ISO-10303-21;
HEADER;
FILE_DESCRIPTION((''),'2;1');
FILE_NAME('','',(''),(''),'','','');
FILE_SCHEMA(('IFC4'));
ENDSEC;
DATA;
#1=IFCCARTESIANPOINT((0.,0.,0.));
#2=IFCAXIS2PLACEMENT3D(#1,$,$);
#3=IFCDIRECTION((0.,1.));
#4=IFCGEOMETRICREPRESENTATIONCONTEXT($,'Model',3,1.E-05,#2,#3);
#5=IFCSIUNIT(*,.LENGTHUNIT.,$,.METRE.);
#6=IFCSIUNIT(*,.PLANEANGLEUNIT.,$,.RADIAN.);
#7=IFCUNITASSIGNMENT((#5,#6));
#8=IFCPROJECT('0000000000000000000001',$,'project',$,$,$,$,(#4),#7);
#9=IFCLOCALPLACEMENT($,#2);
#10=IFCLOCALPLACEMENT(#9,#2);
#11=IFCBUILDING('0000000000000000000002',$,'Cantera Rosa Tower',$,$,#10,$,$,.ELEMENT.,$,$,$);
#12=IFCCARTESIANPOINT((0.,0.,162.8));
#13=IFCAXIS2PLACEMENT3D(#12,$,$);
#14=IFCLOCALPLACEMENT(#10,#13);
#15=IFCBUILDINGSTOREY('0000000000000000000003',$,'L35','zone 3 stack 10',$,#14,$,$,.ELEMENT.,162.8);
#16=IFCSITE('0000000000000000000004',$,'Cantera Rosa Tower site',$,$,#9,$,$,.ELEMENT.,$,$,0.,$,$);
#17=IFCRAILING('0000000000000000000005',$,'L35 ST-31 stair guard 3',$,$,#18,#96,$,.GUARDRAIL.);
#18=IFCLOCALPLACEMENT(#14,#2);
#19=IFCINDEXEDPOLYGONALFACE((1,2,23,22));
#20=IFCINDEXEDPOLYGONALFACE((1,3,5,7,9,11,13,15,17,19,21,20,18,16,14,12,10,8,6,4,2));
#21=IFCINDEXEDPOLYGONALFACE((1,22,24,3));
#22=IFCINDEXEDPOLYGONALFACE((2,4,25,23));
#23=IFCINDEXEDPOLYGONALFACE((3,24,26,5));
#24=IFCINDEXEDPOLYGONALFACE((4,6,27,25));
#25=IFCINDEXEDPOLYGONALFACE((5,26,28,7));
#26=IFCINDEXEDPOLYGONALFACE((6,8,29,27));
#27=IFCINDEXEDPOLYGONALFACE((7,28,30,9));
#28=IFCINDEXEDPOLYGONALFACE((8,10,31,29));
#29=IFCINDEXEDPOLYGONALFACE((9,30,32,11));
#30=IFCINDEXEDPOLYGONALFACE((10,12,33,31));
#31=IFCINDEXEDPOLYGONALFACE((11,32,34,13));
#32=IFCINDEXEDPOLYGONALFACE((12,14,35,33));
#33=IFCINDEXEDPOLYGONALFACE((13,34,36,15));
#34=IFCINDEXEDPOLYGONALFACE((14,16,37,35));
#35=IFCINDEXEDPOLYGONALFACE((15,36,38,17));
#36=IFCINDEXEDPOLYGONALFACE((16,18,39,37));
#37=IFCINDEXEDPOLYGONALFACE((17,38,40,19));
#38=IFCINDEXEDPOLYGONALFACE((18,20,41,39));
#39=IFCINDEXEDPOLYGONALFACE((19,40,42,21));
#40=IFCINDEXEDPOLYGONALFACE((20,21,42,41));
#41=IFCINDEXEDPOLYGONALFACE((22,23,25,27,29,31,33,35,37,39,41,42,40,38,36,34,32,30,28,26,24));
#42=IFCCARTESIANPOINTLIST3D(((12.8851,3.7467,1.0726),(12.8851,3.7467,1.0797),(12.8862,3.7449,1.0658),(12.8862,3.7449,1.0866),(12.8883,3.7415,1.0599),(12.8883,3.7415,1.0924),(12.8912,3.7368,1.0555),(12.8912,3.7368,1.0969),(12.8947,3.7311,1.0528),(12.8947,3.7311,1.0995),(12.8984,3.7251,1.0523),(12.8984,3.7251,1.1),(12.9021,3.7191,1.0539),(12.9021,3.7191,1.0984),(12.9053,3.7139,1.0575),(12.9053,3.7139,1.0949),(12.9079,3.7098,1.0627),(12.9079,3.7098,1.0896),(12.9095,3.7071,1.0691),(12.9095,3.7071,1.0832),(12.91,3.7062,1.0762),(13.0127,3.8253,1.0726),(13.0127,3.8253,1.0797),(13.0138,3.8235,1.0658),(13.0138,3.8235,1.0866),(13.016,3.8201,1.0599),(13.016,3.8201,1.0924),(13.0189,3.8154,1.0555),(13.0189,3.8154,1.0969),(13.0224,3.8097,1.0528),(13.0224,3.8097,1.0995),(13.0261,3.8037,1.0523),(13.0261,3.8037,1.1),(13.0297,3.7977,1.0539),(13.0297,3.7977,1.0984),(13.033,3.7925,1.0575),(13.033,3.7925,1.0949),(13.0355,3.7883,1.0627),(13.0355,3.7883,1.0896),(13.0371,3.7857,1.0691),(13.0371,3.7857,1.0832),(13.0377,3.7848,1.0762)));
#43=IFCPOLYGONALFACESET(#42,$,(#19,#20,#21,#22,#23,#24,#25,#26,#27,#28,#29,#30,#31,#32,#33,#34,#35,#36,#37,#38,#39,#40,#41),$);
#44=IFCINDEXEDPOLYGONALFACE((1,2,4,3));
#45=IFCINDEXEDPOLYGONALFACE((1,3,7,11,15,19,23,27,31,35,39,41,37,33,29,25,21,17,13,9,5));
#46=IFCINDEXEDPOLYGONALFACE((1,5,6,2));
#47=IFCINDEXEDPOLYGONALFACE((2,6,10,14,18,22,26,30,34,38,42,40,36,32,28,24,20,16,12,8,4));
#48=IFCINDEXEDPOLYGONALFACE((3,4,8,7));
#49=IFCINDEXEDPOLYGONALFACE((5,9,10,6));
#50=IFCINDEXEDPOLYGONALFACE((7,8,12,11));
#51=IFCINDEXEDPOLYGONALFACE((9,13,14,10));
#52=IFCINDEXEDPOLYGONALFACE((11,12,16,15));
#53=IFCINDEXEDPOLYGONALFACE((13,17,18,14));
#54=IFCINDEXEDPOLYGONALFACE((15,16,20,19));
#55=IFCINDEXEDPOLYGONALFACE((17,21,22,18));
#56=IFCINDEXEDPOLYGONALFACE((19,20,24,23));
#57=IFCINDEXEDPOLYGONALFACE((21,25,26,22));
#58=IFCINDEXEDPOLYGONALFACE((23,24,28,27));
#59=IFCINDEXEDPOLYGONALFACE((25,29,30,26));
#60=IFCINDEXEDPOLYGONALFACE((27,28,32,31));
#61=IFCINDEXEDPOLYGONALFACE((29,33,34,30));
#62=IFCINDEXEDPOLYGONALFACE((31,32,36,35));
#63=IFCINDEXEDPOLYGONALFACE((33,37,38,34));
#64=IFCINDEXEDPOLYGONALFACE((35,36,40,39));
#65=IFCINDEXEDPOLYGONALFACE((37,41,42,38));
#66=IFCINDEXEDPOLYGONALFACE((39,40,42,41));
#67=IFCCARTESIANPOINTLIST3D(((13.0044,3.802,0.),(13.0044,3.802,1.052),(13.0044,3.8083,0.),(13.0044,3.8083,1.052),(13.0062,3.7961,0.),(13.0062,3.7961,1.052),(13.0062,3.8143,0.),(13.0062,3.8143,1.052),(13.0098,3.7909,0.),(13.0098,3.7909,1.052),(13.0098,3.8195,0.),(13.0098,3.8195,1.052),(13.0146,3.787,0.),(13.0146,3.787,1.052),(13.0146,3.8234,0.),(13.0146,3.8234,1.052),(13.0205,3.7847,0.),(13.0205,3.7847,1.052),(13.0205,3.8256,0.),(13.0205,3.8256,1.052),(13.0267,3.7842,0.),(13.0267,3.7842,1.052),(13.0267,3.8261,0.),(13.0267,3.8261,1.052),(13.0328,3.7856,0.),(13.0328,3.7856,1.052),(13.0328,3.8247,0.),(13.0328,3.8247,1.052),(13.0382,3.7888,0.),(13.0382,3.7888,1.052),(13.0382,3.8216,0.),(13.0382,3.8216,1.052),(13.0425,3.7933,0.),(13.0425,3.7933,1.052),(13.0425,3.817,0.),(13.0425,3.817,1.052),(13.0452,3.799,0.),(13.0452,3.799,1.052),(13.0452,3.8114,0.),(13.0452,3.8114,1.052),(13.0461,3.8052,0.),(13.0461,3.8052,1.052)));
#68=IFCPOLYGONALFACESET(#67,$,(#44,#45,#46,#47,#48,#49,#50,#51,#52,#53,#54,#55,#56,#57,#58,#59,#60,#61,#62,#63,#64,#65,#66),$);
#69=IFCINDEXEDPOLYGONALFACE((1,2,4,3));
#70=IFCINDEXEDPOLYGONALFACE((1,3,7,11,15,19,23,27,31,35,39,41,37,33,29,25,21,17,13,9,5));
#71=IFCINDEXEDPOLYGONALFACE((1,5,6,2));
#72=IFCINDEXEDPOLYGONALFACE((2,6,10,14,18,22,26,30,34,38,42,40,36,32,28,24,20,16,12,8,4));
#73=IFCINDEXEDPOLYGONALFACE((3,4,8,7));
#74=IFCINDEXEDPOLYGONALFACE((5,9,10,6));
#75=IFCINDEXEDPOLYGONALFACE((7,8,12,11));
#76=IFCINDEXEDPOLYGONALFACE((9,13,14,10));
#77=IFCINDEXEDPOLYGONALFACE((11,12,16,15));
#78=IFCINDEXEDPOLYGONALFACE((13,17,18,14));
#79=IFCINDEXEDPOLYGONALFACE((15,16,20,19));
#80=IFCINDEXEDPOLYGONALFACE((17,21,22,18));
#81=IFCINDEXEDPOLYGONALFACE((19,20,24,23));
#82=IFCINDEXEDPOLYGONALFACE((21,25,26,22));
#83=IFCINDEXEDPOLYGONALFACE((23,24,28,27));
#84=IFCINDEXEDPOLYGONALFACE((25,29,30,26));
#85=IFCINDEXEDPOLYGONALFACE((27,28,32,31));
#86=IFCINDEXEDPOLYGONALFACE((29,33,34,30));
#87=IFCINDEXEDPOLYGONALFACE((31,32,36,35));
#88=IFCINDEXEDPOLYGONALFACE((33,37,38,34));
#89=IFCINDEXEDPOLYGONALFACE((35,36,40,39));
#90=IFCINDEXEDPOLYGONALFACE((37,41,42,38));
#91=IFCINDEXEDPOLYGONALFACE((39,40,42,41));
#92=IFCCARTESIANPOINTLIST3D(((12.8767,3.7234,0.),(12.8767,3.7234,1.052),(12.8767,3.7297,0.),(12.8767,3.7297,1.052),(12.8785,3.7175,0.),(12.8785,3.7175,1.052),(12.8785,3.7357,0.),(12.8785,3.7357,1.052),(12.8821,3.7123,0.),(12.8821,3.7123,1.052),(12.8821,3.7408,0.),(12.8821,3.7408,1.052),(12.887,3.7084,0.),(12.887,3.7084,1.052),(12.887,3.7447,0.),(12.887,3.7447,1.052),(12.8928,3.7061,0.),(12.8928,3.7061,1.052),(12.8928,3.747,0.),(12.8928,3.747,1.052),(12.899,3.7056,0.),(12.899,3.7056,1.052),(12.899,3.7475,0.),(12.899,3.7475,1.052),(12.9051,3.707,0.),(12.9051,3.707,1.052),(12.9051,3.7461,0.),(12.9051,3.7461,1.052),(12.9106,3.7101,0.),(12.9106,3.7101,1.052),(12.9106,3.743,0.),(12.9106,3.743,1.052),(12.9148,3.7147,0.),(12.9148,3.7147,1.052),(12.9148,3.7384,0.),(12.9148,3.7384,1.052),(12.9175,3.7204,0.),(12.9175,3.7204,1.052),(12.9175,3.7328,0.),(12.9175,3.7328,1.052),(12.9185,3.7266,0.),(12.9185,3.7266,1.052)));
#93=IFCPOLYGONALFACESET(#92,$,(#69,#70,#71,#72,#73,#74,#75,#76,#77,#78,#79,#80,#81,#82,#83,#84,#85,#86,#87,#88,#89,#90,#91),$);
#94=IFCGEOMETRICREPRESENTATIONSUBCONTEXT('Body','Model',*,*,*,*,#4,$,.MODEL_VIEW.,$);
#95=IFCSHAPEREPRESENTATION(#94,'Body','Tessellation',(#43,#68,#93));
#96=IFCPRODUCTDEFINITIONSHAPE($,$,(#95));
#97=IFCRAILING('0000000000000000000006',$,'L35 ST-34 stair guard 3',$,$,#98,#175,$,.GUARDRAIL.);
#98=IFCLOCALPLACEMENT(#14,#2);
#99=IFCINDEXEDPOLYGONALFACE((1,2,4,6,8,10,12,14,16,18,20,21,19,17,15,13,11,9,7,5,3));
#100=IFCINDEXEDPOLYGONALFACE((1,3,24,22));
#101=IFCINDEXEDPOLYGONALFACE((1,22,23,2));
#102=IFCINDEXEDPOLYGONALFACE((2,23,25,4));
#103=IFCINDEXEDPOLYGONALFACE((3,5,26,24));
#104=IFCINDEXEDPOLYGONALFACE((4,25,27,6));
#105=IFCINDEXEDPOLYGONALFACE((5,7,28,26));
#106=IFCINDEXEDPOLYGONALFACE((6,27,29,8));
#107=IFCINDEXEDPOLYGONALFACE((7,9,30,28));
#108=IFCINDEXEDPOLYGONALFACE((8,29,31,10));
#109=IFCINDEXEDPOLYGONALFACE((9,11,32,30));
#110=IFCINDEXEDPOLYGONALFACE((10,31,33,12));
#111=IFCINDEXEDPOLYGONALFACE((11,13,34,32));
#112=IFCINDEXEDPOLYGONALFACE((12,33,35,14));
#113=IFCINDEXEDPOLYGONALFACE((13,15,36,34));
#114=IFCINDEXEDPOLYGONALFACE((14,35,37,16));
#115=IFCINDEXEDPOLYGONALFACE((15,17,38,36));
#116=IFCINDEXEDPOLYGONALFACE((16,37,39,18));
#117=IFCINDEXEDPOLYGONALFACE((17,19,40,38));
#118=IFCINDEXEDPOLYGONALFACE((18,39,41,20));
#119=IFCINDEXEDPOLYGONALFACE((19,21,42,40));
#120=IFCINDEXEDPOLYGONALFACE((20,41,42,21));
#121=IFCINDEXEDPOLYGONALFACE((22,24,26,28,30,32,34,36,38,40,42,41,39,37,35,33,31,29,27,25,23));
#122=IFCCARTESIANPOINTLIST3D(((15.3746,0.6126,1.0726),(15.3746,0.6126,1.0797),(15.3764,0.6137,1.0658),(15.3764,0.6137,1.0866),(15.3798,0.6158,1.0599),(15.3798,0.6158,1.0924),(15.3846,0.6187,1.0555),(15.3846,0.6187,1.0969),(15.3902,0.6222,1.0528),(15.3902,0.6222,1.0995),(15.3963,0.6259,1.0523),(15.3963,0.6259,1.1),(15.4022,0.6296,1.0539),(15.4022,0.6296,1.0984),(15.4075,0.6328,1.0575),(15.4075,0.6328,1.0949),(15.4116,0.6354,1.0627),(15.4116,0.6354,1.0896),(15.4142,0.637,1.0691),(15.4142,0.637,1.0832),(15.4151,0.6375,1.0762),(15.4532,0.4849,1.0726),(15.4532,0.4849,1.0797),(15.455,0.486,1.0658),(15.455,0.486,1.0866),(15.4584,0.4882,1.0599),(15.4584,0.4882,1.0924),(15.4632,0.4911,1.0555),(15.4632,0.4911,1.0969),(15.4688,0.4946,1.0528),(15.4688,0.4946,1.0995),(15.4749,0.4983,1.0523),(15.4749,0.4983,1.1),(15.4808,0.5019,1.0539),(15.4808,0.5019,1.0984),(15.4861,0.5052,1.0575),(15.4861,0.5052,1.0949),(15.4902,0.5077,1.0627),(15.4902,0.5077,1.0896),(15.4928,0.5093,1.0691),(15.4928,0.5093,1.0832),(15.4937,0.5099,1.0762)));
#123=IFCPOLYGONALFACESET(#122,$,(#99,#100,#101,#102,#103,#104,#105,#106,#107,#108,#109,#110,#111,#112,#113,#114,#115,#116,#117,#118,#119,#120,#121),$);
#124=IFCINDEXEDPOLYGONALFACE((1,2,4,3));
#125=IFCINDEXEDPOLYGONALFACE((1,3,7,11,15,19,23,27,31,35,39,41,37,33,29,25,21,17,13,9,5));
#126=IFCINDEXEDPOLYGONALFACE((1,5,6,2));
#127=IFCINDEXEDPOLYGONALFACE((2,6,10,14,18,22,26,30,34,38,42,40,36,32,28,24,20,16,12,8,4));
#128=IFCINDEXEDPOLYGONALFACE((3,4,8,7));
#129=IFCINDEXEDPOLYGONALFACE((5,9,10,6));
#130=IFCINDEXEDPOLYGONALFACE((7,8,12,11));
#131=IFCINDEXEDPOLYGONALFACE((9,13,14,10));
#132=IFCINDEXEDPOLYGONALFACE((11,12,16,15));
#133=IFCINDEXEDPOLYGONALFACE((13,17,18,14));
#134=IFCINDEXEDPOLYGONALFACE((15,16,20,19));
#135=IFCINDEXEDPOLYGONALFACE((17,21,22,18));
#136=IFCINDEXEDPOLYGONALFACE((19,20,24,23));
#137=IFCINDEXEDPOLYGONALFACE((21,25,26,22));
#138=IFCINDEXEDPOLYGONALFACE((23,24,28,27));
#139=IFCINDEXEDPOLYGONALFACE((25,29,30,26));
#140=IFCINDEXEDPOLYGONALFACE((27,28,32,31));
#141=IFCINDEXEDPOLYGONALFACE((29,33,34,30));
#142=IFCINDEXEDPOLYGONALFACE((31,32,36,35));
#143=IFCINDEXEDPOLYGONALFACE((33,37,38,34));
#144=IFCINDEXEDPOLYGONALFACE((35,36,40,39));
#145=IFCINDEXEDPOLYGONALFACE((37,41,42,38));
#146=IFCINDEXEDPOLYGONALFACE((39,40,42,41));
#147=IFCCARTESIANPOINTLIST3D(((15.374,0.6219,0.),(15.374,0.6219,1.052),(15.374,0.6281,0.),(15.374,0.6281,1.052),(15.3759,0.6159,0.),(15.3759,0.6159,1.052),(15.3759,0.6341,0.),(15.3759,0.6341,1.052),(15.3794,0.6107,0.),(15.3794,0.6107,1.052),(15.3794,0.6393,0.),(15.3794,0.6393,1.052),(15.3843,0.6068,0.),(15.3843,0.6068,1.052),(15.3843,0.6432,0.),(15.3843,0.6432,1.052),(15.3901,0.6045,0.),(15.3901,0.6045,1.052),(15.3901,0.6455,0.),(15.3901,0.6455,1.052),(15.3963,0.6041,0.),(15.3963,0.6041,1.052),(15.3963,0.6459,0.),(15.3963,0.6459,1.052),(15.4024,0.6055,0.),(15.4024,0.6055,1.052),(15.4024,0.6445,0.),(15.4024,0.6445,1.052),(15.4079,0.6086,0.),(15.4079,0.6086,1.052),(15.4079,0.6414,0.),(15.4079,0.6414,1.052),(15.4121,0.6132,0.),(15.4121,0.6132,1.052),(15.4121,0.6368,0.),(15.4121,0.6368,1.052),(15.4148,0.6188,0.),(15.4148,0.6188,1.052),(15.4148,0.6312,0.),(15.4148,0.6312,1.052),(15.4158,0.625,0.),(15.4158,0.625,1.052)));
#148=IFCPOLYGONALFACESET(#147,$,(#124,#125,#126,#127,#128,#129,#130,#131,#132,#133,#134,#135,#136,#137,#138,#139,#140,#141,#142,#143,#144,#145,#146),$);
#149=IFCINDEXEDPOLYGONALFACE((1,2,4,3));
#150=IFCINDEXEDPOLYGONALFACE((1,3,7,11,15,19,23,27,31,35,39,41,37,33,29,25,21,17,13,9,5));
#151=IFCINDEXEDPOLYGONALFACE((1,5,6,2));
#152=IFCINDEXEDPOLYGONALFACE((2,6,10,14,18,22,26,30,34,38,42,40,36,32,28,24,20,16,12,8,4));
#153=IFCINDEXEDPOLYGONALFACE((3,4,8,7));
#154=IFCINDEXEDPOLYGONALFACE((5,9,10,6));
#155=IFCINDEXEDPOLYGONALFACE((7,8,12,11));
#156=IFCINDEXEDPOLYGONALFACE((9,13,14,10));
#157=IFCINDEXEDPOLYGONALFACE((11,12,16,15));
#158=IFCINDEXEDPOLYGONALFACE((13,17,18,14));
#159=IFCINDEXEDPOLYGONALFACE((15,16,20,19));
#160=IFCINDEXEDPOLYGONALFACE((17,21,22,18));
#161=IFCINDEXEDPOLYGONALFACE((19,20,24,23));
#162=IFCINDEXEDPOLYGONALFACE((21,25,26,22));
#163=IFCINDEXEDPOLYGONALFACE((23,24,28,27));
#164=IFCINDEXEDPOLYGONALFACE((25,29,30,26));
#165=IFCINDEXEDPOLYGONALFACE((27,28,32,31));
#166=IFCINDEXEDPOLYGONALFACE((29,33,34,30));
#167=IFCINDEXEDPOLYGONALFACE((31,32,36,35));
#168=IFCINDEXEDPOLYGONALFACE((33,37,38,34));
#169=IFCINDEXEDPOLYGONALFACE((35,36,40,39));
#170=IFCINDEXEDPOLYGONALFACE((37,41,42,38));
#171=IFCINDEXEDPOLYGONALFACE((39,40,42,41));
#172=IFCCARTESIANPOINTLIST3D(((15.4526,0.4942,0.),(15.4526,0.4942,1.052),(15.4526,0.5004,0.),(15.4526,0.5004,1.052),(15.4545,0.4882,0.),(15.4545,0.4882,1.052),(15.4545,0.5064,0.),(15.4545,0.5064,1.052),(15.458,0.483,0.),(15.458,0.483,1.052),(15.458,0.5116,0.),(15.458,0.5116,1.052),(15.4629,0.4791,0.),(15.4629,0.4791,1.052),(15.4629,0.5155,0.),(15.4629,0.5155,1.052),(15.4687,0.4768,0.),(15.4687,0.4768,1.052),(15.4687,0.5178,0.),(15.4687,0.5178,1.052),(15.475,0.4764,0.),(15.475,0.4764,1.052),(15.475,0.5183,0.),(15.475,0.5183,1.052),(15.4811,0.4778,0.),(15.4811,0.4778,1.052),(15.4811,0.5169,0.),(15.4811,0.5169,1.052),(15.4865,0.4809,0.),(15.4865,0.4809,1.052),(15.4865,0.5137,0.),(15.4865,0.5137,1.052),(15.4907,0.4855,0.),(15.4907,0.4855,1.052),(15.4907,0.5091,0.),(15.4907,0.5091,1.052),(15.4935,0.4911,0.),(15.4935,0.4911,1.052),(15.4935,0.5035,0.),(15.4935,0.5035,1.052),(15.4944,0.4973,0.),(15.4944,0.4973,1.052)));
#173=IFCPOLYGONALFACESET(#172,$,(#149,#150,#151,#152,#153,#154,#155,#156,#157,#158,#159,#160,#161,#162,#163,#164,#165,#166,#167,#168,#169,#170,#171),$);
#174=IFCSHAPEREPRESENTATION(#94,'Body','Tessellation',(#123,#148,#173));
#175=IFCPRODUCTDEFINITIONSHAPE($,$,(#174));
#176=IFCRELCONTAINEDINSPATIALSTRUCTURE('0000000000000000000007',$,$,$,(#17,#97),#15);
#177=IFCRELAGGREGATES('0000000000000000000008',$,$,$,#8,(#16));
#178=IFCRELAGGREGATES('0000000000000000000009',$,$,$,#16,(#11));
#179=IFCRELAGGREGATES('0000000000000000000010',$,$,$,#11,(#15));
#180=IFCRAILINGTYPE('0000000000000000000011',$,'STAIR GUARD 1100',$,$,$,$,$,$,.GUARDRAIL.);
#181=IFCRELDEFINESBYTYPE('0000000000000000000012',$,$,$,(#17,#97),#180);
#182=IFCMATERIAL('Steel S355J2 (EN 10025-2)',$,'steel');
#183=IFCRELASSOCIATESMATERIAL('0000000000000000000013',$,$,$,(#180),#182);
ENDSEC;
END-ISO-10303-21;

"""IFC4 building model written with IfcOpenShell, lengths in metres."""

from ifc_helpers import new_model, si_unit, direction, frame, origin, origin_2d, place, context, subcontext, project, spatial, circle, extrude, material, type_object, element, save


model = new_model("IFC4")

# Units and contexts
model_context = context("Model", 3, precision=1e-05, world=origin(), true_north=direction((0.0, 1.0)))
body_context = subcontext(model_context, "Body", "Model", "MODEL_VIEW")
ifc_project = project(units=[si_unit("LENGTHUNIT", "METRE"), si_unit("PLANEANGLEUNIT", "RADIAN")], contexts=[model_context])

# Site, building, storey
site_placement = place(None, origin())
site = spatial("IfcSite", under=ifc_project, at=site_placement, Name="Cantera Rosa Tower site", CompositionType="ELEMENT", RefElevation=0.0)
building_placement = place(site_placement, origin())
building = spatial("IfcBuilding", under=site, at=building_placement, Name="Cantera Rosa Tower", CompositionType="ELEMENT")
storey_placement = place(building_placement, frame((0.0, 0.0, 162.8)))
storey = spatial("IfcBuildingStorey", under=building, at=storey_placement, Name="L35", Description="zone 3 stack 10", CompositionType="ELEMENT", Elevation=162.8)

# Railings
ifc_material_1 = material(Name="Steel S355J2 (EN 10025-2)", Category="steel")
railing_type_1 = type_object("IfcRailingType", Name="STAIR GUARD 1100", PredefinedType="GUARDRAIL", material=ifc_material_1)
railing_1_placement = place(storey_placement, frame((13.0251, 3.8052, 0.0)))
element("IfcRailing", 1, at=railing_1_placement, inside=storey, type_object=railing_type_1, Name="L35 ST-31 stair guard 3", PredefinedType="GUARDRAIL", context=body_context, shape_type="SweptSolid", body=[
    extrude(circle(Radius=0.0239, at=origin_2d()), frame((0.0, 0.0, 1.0762), z_axis=(-0.851546, -0.524279, 0.0), x_axis=(0.524279, -0.851546, 0.0)), (0.0, 0.0, 1.0), 0.1499),
    extrude(circle(Radius=0.021, at=origin_2d()), origin(), (0.0, 0.0, 1.0), 1.052),
    extrude(circle(Radius=0.021, at=origin_2d()), frame((-0.1277, -0.0786, 0.0)), (0.0, 0.0, 1.0), 1.052),
])
railing_2_placement = place(storey_placement, frame((15.3948, 0.625, 0.0)))
element("IfcRailing", 2, at=railing_2_placement, inside=storey, type_object=railing_type_1, Name="L35 ST-34 stair guard 3", PredefinedType="GUARDRAIL", context=body_context, shape_type="SweptSolid", body=[
    extrude(circle(Radius=0.0239, at=origin_2d()), frame((0.0, 0.0, 1.0762), z_axis=(0.524279, -0.851546, 0.0), x_axis=(0.851546, 0.524279, 0.0)), (0.0, 0.0, 1.0), 0.1499),
    extrude(circle(Radius=0.021, at=origin_2d()), origin(), (0.0, 0.0, 1.0), 1.052),
    extrude(circle(Radius=0.021, at=origin_2d()), frame((0.0786, -0.1277, 0.0)), (0.0, 0.0, 1.0), 1.052),
])

save(model, "model.ifc")
